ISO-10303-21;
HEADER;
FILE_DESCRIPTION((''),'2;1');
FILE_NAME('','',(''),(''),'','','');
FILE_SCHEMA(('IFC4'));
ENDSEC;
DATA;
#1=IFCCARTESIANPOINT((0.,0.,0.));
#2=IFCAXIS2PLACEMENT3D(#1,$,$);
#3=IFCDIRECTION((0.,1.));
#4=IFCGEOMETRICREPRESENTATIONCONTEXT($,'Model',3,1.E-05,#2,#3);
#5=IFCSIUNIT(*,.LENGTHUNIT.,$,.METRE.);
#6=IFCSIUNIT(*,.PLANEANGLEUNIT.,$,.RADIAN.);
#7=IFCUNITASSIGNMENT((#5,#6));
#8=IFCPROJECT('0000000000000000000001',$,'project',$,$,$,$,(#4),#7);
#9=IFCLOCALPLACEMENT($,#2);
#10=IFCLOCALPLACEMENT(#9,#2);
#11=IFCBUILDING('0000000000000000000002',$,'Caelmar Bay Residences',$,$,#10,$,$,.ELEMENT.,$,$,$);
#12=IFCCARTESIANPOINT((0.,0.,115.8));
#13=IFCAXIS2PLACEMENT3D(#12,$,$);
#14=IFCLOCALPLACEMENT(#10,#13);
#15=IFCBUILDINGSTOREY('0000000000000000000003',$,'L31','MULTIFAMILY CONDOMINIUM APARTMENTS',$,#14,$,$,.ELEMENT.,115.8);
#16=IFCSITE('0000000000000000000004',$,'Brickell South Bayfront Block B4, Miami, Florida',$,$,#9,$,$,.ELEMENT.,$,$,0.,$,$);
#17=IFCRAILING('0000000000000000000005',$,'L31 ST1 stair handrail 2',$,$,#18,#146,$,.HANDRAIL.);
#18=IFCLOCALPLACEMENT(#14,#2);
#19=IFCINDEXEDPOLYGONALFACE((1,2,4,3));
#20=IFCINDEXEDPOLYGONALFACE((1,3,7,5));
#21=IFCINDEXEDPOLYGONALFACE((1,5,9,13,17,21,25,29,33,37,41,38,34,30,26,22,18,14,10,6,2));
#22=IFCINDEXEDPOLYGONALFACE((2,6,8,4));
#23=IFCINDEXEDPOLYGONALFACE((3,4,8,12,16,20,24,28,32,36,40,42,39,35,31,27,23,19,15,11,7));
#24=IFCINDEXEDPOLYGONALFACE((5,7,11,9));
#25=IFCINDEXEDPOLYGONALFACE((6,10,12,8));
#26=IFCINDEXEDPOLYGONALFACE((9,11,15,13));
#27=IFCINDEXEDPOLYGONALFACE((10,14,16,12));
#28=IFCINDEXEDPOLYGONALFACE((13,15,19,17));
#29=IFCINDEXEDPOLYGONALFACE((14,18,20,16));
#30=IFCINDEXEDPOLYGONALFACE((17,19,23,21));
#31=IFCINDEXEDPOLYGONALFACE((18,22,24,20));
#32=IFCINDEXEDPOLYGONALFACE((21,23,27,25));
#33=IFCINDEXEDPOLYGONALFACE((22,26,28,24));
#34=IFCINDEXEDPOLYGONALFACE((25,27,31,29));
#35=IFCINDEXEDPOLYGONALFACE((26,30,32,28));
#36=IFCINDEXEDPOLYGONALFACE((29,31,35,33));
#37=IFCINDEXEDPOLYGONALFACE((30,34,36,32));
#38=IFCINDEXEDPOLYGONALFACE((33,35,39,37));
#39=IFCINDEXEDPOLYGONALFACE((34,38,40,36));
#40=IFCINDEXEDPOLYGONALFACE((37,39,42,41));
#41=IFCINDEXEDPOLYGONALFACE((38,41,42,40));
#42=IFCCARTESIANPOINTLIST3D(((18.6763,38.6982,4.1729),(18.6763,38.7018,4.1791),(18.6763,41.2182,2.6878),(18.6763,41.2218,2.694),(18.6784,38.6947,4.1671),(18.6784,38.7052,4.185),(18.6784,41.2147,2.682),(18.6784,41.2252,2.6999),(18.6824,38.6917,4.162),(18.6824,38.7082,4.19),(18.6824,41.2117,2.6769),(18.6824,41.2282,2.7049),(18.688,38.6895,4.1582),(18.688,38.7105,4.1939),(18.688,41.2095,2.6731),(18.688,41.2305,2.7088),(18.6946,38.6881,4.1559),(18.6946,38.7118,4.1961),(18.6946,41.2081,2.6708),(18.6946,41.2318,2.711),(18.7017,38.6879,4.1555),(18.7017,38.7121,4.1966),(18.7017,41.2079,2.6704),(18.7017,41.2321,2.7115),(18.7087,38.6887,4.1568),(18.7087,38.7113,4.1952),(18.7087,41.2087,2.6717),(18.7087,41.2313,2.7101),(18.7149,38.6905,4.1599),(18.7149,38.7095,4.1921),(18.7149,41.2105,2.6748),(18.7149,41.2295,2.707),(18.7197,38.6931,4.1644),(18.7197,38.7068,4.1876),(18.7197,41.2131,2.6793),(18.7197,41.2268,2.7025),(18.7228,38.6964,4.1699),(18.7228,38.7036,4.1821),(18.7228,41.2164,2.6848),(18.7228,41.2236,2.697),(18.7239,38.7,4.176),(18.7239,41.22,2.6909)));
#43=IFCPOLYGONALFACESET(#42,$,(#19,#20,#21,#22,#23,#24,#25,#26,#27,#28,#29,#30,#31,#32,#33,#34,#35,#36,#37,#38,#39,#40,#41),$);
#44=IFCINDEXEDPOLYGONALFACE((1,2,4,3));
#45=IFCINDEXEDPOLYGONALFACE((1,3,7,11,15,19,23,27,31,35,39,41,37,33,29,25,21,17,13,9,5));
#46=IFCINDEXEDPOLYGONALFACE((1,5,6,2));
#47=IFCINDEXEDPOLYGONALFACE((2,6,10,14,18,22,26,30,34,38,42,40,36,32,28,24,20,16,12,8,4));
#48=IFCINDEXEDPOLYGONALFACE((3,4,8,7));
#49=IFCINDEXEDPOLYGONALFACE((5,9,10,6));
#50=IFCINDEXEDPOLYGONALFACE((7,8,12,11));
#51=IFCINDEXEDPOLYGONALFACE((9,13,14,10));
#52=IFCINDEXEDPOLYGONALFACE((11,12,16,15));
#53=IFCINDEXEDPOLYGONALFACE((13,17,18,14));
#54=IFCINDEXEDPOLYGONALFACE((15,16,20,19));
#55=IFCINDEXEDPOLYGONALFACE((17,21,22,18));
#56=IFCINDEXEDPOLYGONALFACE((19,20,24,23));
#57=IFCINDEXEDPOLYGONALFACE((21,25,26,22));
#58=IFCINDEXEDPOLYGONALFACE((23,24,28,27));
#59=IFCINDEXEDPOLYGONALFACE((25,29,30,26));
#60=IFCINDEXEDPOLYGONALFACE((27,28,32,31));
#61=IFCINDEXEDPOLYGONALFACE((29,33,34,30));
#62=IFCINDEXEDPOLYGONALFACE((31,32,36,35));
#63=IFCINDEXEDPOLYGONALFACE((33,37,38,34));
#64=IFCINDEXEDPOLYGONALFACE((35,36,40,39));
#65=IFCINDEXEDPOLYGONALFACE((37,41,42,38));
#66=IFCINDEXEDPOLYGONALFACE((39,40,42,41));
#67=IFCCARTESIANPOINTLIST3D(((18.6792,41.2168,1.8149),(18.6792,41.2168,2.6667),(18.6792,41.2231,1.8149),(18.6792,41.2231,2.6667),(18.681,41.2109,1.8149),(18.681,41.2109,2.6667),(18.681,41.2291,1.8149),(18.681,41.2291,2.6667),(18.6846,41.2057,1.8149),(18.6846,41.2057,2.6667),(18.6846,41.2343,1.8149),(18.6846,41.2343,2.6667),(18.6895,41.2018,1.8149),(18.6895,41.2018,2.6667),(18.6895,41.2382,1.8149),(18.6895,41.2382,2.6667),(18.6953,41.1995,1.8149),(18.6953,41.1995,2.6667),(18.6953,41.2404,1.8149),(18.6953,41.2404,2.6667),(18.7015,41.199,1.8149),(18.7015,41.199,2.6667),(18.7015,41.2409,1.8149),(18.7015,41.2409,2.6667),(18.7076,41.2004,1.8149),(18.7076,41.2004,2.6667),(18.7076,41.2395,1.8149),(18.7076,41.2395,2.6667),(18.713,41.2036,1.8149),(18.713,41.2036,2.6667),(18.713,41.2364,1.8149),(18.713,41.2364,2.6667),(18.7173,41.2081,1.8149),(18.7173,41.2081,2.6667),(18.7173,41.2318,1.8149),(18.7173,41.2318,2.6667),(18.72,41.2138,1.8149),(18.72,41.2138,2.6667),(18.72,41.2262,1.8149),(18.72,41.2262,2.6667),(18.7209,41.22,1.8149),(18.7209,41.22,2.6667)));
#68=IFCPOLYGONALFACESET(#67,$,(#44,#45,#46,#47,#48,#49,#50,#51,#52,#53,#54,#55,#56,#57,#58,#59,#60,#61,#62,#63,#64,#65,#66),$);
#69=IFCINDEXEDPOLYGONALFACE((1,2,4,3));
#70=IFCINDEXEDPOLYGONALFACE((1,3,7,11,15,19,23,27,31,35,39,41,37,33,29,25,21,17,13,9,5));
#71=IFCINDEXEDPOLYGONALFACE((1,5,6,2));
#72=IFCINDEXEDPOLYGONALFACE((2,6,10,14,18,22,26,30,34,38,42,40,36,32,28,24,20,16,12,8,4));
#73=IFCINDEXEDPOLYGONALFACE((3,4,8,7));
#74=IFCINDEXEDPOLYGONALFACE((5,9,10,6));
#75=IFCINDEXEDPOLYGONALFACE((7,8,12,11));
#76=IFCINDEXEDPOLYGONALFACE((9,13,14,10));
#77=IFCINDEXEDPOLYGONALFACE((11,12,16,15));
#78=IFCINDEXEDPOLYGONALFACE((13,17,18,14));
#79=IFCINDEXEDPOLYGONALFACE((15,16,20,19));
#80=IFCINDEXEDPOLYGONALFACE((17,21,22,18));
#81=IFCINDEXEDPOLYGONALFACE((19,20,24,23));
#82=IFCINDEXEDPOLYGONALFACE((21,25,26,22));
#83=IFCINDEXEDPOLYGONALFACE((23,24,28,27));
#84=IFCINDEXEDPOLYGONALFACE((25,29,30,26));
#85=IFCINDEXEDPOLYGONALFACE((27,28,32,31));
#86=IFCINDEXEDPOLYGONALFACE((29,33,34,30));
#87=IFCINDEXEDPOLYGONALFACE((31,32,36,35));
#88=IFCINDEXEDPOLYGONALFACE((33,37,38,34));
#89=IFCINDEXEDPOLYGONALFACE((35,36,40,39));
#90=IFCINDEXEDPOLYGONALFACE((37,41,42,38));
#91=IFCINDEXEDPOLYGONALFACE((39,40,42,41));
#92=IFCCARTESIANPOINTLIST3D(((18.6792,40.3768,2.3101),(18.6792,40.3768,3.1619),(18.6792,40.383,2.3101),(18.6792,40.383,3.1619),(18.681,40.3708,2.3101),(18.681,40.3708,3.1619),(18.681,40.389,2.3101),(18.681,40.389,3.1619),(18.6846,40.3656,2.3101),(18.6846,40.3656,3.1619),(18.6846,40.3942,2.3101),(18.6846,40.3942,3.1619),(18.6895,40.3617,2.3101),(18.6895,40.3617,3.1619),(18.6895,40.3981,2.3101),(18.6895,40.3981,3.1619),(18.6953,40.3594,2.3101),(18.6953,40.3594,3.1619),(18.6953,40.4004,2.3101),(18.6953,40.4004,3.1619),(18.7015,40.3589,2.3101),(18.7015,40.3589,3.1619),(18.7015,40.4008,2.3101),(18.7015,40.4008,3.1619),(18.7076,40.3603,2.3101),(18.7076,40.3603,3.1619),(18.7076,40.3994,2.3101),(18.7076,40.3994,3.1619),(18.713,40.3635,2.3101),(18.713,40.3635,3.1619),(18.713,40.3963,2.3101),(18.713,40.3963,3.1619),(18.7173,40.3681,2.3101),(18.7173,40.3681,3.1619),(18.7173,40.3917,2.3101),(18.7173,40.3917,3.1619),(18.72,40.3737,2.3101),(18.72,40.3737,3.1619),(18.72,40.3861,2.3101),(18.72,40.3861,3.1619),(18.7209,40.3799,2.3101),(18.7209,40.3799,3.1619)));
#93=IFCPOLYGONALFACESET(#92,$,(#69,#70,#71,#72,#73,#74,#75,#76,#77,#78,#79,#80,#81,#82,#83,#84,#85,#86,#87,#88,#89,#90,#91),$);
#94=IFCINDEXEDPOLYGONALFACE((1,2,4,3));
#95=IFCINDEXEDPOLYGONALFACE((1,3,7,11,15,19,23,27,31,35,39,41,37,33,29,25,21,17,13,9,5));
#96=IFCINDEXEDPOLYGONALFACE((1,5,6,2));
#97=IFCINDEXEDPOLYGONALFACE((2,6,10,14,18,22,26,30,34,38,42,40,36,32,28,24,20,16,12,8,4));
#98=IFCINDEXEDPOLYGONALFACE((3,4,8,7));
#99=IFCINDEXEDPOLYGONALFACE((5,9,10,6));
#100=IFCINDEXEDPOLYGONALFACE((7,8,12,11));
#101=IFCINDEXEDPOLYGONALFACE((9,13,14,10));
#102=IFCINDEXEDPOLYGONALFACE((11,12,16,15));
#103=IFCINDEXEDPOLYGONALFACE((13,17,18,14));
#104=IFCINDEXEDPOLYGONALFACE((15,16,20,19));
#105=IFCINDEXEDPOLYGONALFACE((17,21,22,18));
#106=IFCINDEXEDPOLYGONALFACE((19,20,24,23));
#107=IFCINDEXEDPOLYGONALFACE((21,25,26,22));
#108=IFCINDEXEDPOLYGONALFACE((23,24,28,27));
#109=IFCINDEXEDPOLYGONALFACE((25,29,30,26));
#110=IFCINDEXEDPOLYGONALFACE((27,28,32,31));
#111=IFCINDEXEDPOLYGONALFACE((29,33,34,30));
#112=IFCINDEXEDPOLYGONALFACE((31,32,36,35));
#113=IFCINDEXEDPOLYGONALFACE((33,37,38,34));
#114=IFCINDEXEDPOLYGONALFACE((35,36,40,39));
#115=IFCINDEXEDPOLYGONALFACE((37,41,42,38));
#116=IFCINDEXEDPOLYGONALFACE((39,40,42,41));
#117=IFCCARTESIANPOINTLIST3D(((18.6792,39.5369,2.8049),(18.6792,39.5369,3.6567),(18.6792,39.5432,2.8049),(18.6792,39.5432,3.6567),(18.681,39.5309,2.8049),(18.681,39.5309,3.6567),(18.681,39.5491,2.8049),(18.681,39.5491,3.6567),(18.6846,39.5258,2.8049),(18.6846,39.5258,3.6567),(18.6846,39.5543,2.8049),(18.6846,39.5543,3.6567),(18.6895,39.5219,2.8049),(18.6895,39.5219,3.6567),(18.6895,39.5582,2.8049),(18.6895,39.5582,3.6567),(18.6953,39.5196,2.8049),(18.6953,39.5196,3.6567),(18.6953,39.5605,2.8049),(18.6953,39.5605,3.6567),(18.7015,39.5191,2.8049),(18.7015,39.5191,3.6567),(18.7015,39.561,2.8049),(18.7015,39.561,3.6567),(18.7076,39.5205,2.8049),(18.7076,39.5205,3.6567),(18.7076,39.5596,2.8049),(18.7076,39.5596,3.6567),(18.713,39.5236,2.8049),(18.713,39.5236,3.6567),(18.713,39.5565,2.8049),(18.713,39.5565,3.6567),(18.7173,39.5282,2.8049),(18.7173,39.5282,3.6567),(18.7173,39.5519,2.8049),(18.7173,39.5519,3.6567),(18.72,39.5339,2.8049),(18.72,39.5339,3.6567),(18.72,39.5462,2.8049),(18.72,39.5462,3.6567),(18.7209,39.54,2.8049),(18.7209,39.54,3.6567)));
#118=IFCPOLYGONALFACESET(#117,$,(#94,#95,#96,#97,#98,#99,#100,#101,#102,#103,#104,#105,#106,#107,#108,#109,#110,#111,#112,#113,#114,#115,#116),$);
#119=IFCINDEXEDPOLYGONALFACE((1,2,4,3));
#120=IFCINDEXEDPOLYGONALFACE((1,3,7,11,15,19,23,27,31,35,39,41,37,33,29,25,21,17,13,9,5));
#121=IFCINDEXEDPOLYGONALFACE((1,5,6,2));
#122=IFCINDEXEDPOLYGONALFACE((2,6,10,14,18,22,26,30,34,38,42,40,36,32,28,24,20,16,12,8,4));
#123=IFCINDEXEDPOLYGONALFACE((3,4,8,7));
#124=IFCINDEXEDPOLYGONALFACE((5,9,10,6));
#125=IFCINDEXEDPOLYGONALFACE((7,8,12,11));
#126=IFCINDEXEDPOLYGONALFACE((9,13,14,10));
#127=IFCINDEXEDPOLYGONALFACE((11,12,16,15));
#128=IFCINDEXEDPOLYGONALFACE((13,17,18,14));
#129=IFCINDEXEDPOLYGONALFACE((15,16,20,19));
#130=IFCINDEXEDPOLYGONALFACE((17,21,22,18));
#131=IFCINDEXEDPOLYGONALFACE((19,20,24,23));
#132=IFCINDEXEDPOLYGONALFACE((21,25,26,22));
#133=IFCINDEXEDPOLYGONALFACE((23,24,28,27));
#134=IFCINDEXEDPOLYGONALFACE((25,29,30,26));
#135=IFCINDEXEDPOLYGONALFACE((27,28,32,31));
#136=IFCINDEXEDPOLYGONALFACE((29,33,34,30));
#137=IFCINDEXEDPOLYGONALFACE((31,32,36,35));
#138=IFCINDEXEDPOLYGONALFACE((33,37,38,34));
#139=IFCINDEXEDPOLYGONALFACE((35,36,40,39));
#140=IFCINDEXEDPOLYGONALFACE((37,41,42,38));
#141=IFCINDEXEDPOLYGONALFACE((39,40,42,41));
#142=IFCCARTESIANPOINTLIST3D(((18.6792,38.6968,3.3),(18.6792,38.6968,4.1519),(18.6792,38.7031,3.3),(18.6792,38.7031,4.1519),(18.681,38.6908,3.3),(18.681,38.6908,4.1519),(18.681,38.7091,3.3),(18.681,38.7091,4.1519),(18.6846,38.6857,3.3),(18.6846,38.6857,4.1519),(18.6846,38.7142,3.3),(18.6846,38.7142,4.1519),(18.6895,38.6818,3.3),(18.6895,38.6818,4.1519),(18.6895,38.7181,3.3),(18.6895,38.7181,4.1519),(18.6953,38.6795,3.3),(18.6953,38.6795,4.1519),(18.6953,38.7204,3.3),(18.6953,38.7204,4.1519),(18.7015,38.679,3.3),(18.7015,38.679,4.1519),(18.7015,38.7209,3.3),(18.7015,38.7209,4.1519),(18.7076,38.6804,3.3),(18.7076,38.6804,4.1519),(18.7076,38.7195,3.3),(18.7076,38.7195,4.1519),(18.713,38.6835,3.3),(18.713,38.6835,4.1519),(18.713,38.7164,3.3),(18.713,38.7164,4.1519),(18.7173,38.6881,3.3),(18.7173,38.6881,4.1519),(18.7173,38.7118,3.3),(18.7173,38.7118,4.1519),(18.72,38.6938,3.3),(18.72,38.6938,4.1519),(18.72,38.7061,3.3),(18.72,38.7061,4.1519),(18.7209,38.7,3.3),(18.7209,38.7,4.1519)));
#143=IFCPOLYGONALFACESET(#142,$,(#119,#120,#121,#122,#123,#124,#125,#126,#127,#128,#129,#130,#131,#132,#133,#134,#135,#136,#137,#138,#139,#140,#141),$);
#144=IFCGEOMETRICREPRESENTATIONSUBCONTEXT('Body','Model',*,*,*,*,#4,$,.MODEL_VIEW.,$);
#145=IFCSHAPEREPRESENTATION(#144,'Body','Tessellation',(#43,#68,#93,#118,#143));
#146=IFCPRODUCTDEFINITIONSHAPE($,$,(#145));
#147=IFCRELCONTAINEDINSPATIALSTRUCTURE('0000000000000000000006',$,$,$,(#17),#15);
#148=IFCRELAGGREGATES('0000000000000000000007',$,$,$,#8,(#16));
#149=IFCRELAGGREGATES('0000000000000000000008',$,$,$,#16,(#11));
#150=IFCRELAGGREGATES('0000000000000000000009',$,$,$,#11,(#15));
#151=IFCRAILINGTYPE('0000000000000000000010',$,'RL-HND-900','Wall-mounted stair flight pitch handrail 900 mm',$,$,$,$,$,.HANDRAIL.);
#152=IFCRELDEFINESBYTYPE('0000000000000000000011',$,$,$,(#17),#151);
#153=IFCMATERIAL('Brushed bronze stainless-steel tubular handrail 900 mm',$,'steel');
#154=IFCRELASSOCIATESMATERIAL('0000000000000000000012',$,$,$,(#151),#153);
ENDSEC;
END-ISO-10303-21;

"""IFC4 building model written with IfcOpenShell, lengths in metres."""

from ifc_helpers import new_model, si_unit, direction, frame, origin, origin_2d, place, context, subcontext, project, spatial, circle, extrude, material, type_object, element, save


model = new_model("IFC4")

# Units and contexts
model_context = context("Model", 3, precision=1e-05, world=origin(), true_north=direction((0.0, 1.0)))
body_context = subcontext(model_context, "Body", "Model", "MODEL_VIEW")
ifc_project = project(units=[si_unit("LENGTHUNIT", "METRE"), si_unit("PLANEANGLEUNIT", "RADIAN")], contexts=[model_context])

# Site, building, storey
site_placement = place(None, origin())
site = spatial("IfcSite", under=ifc_project, at=site_placement, Name="Brickell South Bayfront Block B4, Miami, Florida", CompositionType="ELEMENT", RefElevation=0.0)
building_placement = place(site_placement, origin())
building = spatial("IfcBuilding", under=site, at=building_placement, Name="Caelmar Bay Residences", CompositionType="ELEMENT")
storey_placement = place(building_placement, frame((0.0, 0.0, 115.8)))
storey = spatial("IfcBuildingStorey", under=building, at=storey_placement, Name="L31", Description="MULTIFAMILY CONDOMINIUM APARTMENTS", CompositionType="ELEMENT", Elevation=115.8)

# Railing
ifc_material_1 = material(Name="Brushed bronze stainless-steel tubular handrail 900 mm", Category="steel")
railing_type_1 = type_object("IfcRailingType", Name="RL-HND-900", Description="Wall-mounted stair flight pitch handrail 900 mm", PredefinedType="HANDRAIL", material=ifc_material_1)
railing_1_placement = place(storey_placement, frame((18.7, 41.22, 1.8149)))
element("IfcRailing", 1, at=railing_1_placement, inside=storey, type_object=railing_type_1, Name="L31 ST1 stair handrail 2", PredefinedType="HANDRAIL", context=body_context, shape_type="SweptSolid", body=[
    extrude(circle(Radius=0.0239, at=origin_2d()), frame((0.0, 0.0, 0.876), z_axis=(0.0, -0.861524, 0.507717), x_axis=(1.0, 0.0, 0.0)), (0.0, 0.0, 1.0), 2.925),
    extrude(circle(Radius=0.021, at=origin_2d()), origin(), (0.0, 0.0, 1.0), 0.8518),
    extrude(circle(Radius=0.021, at=origin_2d()), frame((0.0, -0.8401, 0.4951)), (0.0, 0.0, 1.0), 0.8518),
    extrude(circle(Radius=0.021, at=origin_2d()), frame((0.0, -1.6799, 0.99)), (0.0, 0.0, 1.0), 0.8518),
    extrude(circle(Radius=0.021, at=origin_2d()), frame((0.0, -2.52, 1.4851)), (0.0, 0.0, 1.0), 0.8518),
])

save(model, "model.ifc")
